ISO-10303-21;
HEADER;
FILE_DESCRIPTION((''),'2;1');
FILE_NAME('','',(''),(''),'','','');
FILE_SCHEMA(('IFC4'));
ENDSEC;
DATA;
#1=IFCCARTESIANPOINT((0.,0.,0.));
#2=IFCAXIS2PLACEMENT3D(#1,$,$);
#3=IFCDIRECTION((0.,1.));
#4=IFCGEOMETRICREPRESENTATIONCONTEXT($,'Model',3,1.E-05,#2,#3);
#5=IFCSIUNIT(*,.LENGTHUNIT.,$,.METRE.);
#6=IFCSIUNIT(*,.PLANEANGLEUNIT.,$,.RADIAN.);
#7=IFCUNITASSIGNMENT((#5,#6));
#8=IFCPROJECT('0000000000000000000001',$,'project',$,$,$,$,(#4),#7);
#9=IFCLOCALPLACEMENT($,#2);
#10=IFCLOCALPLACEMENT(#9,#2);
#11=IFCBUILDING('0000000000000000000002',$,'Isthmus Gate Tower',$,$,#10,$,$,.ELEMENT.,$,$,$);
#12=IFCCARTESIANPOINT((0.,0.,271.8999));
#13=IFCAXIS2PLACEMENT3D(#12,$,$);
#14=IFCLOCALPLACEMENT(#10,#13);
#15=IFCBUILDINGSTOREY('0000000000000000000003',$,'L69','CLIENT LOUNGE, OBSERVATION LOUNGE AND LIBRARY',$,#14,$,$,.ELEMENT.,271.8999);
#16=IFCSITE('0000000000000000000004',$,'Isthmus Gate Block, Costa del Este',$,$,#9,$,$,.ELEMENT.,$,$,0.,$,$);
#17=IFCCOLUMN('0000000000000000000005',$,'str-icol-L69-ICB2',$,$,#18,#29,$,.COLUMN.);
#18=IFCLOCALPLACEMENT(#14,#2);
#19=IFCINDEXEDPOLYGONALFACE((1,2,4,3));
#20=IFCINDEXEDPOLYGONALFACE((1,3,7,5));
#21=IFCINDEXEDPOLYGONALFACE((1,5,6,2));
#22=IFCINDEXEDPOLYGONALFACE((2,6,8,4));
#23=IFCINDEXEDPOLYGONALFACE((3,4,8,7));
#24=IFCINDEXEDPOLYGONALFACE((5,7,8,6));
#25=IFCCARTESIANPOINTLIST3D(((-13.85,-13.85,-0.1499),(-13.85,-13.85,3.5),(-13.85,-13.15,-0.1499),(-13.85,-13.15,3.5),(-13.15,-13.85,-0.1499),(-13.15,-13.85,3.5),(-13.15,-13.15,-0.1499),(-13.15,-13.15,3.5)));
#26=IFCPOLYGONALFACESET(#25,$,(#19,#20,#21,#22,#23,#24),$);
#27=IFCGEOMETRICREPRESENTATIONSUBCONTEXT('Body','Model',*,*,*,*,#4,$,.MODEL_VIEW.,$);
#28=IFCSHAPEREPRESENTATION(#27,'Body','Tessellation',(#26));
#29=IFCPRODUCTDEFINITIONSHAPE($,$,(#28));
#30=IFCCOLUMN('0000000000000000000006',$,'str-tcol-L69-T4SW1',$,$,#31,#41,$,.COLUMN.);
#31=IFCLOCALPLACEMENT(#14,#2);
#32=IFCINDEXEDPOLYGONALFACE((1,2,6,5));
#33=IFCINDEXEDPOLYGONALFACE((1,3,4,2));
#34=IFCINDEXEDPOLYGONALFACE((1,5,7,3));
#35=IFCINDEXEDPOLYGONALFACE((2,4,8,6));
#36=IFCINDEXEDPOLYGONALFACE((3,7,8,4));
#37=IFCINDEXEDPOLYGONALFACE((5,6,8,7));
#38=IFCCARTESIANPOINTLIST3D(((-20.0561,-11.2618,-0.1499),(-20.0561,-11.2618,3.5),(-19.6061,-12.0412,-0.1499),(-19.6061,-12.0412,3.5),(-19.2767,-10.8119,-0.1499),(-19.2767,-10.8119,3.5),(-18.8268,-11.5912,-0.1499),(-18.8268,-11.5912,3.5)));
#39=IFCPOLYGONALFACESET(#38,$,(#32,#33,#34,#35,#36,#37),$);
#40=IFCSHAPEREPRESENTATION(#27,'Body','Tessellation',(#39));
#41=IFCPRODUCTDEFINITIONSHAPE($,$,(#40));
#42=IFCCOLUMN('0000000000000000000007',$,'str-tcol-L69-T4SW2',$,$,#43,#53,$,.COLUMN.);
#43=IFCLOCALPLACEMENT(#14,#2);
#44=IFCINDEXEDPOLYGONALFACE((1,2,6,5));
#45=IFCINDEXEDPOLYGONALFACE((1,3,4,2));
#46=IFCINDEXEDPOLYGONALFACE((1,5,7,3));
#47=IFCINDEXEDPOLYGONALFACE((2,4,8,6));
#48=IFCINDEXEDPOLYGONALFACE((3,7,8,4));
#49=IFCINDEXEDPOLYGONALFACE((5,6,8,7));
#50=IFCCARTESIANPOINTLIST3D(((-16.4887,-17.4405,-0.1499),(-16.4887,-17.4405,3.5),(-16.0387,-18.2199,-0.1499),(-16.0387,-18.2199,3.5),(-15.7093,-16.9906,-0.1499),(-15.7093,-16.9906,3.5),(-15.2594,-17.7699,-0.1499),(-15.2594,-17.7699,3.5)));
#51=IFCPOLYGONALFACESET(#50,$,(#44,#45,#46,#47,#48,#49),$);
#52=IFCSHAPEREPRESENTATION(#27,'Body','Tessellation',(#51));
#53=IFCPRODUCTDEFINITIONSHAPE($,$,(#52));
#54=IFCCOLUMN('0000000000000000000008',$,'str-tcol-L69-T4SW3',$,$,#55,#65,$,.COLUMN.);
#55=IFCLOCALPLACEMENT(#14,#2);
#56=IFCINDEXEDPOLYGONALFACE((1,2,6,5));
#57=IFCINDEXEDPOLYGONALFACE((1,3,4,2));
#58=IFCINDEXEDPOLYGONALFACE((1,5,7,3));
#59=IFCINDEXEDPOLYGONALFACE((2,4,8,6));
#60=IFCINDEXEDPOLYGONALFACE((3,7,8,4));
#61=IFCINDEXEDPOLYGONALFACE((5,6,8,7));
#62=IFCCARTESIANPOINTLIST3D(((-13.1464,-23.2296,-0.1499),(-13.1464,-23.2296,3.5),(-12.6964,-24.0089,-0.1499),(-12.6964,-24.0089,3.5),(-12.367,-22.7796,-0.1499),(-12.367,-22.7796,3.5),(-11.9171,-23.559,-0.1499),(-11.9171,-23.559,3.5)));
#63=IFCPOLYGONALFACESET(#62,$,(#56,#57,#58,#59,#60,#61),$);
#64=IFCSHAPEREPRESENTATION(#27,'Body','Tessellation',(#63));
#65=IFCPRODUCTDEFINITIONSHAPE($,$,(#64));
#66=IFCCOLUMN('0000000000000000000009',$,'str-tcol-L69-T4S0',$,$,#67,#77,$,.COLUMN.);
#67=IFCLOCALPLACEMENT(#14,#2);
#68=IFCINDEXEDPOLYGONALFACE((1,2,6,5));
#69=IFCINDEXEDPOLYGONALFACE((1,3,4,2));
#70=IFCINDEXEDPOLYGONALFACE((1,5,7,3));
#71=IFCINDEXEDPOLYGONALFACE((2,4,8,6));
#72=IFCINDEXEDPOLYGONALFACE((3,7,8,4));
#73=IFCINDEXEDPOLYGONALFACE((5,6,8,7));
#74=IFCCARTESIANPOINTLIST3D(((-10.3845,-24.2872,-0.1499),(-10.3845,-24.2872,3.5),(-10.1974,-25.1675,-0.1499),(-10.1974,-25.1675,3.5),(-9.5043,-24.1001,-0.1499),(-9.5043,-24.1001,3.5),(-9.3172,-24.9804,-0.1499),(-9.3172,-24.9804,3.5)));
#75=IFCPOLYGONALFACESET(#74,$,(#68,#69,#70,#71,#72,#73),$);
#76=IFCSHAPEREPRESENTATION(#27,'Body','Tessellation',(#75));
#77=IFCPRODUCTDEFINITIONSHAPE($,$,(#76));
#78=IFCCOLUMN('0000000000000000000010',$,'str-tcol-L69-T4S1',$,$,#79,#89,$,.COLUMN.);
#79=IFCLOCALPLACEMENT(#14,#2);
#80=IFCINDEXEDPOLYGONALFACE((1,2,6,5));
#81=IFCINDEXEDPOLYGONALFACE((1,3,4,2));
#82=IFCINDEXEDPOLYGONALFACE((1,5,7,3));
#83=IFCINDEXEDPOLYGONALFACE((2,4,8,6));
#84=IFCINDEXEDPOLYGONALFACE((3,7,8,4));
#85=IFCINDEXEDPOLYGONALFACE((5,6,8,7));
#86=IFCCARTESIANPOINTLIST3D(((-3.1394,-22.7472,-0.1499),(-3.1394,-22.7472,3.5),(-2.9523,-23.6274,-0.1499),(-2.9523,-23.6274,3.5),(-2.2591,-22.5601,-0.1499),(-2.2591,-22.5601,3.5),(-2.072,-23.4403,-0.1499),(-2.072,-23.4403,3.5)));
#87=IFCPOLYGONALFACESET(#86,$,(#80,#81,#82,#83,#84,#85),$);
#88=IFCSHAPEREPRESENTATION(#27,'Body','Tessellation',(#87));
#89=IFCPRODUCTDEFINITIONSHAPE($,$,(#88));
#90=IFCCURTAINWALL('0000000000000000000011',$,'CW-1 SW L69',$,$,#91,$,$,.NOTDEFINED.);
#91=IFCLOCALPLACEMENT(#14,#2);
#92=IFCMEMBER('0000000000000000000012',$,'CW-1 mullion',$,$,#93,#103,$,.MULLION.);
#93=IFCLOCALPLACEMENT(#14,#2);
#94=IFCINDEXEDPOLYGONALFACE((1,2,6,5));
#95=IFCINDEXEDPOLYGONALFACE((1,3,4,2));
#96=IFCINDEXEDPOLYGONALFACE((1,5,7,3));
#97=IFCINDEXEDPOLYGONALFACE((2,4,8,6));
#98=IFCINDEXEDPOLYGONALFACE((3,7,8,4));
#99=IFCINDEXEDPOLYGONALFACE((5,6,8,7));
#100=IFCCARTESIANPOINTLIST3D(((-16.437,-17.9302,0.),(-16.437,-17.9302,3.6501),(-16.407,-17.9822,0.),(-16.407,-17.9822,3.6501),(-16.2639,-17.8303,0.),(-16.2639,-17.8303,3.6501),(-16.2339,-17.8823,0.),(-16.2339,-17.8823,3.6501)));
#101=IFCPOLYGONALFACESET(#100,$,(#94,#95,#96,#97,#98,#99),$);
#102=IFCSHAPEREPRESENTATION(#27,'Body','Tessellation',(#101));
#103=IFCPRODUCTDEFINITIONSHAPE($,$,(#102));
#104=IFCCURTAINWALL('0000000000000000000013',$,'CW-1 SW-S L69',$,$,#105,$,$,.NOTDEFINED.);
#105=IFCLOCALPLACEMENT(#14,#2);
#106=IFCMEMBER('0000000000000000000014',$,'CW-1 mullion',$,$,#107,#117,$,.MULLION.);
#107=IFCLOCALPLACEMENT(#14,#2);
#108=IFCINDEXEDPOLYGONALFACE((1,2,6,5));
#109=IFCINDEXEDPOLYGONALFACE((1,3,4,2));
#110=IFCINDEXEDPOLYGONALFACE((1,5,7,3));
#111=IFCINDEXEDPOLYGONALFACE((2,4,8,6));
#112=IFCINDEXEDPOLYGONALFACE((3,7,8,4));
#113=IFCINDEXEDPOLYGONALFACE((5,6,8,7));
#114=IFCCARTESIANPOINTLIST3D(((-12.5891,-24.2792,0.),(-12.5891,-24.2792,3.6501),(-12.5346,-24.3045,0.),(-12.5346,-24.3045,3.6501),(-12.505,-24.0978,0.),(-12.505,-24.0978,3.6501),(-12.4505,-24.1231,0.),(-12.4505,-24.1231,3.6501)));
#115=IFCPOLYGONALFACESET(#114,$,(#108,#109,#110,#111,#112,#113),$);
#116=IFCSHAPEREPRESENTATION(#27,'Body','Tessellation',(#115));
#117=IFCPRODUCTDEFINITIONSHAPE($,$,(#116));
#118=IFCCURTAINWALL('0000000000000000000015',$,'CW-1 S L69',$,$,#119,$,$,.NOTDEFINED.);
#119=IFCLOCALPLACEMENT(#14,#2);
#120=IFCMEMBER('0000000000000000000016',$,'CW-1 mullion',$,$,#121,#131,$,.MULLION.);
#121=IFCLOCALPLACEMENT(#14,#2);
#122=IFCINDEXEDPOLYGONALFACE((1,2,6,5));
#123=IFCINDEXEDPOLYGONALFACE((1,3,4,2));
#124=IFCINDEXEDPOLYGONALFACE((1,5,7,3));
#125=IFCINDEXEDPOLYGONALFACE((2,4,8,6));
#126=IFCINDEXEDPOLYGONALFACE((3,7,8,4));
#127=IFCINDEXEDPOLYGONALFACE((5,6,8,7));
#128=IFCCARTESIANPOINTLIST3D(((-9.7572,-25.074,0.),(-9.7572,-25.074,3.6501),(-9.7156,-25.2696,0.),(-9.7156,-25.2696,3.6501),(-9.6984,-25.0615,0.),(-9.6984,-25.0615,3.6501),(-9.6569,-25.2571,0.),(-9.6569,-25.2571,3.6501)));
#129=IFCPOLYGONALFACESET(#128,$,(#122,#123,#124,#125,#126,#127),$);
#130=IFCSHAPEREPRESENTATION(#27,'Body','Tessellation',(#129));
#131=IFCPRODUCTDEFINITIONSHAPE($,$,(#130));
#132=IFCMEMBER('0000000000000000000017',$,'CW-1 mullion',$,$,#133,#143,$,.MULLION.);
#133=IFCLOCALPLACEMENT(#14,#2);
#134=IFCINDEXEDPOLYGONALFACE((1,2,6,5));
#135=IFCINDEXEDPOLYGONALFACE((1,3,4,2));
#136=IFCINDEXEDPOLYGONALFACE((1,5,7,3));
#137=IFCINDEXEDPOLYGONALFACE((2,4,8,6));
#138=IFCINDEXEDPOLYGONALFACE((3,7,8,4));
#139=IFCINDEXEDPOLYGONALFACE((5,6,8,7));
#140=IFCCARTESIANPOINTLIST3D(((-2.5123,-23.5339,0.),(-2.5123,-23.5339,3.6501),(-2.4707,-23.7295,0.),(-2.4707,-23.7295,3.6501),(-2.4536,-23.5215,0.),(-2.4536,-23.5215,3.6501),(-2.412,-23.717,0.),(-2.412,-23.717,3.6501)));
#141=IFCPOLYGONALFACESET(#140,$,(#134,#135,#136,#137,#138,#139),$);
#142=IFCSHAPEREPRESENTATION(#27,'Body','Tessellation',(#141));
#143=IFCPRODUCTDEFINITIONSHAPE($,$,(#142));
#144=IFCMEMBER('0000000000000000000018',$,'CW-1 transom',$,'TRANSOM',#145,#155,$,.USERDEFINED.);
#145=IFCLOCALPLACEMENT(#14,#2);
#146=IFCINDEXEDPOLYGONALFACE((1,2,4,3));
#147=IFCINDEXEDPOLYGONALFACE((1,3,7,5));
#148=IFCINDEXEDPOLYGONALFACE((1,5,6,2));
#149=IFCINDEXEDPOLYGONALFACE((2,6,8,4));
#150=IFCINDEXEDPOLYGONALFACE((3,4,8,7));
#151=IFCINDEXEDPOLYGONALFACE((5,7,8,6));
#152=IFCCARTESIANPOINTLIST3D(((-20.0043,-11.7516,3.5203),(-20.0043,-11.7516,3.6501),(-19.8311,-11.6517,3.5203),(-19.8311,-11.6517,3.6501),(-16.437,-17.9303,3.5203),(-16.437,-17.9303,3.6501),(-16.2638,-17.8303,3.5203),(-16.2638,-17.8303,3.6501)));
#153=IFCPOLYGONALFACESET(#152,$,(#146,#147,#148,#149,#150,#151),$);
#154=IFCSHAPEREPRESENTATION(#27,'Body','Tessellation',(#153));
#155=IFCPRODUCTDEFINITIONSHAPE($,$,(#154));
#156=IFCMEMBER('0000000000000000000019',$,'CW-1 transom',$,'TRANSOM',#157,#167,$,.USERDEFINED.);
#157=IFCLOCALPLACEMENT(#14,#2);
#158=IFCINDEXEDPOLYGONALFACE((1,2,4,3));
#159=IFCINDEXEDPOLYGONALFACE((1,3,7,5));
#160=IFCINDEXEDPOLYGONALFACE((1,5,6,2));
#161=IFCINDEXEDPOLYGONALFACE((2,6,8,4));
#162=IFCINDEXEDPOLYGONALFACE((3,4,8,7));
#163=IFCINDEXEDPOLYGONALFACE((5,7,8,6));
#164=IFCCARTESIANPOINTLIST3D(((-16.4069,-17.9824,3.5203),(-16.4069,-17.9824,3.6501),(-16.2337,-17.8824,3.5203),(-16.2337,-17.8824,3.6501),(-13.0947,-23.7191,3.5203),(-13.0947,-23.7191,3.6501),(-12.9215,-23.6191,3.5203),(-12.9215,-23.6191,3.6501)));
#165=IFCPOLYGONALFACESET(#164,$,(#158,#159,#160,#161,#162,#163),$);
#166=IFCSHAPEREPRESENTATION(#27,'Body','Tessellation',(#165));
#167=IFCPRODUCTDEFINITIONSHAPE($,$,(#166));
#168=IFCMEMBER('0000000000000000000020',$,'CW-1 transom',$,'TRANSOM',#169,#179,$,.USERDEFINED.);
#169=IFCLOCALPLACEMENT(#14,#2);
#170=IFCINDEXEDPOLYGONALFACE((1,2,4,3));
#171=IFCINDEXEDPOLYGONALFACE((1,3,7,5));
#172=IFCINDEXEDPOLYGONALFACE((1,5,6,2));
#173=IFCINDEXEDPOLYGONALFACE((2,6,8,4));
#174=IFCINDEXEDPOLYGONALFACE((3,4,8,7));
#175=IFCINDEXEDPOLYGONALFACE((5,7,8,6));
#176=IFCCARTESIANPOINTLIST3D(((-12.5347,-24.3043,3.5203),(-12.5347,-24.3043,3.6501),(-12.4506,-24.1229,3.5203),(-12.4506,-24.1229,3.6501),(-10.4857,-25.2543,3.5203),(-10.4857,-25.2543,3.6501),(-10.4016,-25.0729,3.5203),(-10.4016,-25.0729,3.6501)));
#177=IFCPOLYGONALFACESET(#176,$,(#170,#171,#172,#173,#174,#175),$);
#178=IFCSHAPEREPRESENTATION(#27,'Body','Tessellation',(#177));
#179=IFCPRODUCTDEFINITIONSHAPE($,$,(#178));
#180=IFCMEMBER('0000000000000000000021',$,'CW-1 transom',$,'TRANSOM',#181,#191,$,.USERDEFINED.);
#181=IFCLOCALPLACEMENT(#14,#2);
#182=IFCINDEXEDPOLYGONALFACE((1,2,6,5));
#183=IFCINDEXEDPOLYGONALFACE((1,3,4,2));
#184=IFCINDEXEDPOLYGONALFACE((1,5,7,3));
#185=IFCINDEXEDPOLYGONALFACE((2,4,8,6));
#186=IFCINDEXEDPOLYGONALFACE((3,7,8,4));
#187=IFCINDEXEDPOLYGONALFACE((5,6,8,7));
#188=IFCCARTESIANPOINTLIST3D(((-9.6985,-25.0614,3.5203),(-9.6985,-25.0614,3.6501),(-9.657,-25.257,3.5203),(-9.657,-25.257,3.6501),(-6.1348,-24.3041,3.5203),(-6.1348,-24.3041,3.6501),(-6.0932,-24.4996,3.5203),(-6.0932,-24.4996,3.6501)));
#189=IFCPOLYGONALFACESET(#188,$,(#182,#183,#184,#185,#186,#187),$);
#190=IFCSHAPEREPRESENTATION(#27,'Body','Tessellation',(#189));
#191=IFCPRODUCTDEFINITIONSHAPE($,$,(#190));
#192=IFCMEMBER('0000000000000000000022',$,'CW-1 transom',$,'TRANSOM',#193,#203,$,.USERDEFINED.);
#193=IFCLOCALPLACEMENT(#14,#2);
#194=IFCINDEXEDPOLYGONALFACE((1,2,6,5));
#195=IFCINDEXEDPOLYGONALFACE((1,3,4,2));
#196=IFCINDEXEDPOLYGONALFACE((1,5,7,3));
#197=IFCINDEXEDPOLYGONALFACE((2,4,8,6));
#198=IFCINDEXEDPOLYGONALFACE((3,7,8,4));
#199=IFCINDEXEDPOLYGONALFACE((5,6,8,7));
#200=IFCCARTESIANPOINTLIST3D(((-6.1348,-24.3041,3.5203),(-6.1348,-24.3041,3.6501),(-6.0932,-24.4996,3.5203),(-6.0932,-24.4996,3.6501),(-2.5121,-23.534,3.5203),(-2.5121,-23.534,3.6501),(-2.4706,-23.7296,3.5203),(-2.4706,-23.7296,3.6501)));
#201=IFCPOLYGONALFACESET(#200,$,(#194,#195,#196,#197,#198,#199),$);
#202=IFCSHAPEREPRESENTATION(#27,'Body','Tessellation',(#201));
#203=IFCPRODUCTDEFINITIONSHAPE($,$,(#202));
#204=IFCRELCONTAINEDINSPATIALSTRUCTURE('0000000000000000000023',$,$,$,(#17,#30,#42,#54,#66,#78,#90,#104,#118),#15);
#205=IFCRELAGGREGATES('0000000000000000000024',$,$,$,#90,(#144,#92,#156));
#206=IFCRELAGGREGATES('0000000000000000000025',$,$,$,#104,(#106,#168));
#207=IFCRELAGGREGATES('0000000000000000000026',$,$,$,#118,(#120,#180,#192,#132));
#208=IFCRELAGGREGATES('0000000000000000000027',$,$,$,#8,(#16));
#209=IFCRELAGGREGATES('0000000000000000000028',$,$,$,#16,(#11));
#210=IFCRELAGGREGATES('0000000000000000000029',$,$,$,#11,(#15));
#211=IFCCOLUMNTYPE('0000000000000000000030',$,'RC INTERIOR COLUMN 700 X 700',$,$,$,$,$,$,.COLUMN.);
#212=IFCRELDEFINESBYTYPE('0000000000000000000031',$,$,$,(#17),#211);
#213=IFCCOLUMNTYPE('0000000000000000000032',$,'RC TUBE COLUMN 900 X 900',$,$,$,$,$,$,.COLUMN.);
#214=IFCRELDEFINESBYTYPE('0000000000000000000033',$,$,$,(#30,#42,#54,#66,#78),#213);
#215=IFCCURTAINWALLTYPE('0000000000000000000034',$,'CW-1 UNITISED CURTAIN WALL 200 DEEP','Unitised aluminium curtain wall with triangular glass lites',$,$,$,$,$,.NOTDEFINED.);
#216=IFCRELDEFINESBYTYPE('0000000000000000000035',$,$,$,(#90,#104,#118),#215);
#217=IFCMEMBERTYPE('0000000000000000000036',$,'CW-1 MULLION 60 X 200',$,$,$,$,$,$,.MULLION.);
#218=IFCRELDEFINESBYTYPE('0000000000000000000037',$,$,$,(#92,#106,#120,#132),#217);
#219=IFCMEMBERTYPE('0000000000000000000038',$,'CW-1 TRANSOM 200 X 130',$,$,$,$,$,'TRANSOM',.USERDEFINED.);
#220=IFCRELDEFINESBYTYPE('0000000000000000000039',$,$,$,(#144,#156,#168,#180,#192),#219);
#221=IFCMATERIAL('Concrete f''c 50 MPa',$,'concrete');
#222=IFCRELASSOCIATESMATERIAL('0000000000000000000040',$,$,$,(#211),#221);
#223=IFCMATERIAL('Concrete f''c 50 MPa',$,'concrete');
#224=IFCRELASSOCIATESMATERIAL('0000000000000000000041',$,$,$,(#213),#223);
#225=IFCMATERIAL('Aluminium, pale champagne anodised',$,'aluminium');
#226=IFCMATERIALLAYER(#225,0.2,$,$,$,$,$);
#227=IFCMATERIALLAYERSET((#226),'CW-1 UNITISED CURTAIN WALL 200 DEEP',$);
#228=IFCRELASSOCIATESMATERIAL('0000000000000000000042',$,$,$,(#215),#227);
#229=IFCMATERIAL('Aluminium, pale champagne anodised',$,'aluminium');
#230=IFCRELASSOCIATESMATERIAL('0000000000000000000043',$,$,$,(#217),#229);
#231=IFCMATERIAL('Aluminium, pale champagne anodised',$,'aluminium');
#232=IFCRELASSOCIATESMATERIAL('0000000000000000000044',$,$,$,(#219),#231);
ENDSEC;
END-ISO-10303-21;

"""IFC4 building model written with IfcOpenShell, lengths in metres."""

from ifc_helpers import new_model, si_unit, direction, frame, origin, origin_2d, place, context, subcontext, project, spatial, rectangle, extrude, material, layer, layer_set, material_profile, profile_set, type_object, element, aggregate, save


model = new_model("IFC4")

# Units and contexts
model_context = context("Model", 3, precision=1e-05, world=origin(), true_north=direction((0.0, 1.0)))
body_context = subcontext(model_context, "Body", "Model", "MODEL_VIEW")
ifc_project = project(units=[si_unit("LENGTHUNIT", "METRE"), si_unit("PLANEANGLEUNIT", "RADIAN")], contexts=[model_context])

# Site, building, storey
site_placement = place(None, origin())
site = spatial("IfcSite", under=ifc_project, at=site_placement, Name="Isthmus Gate Block, Costa del Este", CompositionType="ELEMENT", RefElevation=0.0)
building_placement = place(site_placement, origin())
building = spatial("IfcBuilding", under=site, at=building_placement, Name="Isthmus Gate Tower", CompositionType="ELEMENT")
storey_placement = place(building_placement, frame((0.0, 0.0, 271.8999)))
storey = spatial("IfcBuildingStorey", under=building, at=storey_placement, Name="L69", Description="CLIENT LOUNGE, OBSERVATION LOUNGE AND LIBRARY", CompositionType="ELEMENT", Elevation=271.8999)

# Columns
ifc_material_1 = material(Name="Concrete f'c 50 MPa", Category="concrete")
ifc_material_profile_1 = material_profile(ifc_material_1, rectangle(XDim=0.7, YDim=0.7, at=origin_2d()), Name="RC 700X700")
ifc_profile_set_1 = profile_set([ifc_material_profile_1], Name="Concrete f'c 50 MPa")
column_type_1 = type_object("IfcColumnType", Name="RC INTERIOR COLUMN 700 X 700", PredefinedType="COLUMN", material=ifc_profile_set_1)
column_placement = place(storey_placement, frame((-13.5, -13.5, -0.1499), z_axis=(0.0, 0.0, 1.0), x_axis=(1.0, 0.0, 0.0)))
element("IfcColumn", 1, at=column_placement, inside=storey, type_object=column_type_1, Name="str-icol-L69-ICB2", PredefinedType="COLUMN", context=body_context, shape_type="SweptSolid", body=[
    extrude(rectangle(XDim=0.7, YDim=0.7, at=origin_2d()), origin(), (0.0, 0.0, 1.0), 3.6499),
])
ifc_material_2 = material(Name="Concrete f'c 50 MPa", Category="concrete")
ifc_material_profile_2 = material_profile(ifc_material_2, rectangle(XDim=0.8999, YDim=0.8999, at=origin_2d()), Name="RC 900X900")
ifc_profile_set_2 = profile_set([ifc_material_profile_2], Name="Concrete f'c 50 MPa")
column_type_2 = type_object("IfcColumnType", Name="RC TUBE COLUMN 900 X 900", PredefinedType="COLUMN", material=ifc_profile_set_2)
for number, where, z_axis, x_axis, name in (
    (2, (-19.4414, -11.4265, -0.1499), (0.0, 0.0, 1.0), (0.5, -0.866025, 0.0), "str-tcol-L69-T4SW1"),
    (3, (-15.874, -17.6052, -0.1499), (0.0, 0.0, 1.0), (0.5, -0.866025, 0.0), "str-tcol-L69-T4SW2"),
    (4, (-12.5317, -23.3943, -0.1499), (0.0, 0.0, 1.0), (0.5, -0.866025, 0.0), "str-tcol-L69-T4SW3"),
    (5, (-9.8508, -24.6338, -0.1499), (0.0, 0.0, 1.0), (0.978148, 0.207912, 0.0), "str-tcol-L69-T4S0"),
    (6, (-2.6057, -23.0938, -0.1499), (0.0, 0.0, 1.0), (0.978148, 0.207912, 0.0), "str-tcol-L69-T4S1"),
):
    element("IfcColumn", number, at=place(storey_placement, frame(where, z_axis=z_axis, x_axis=x_axis)), inside=storey, type_object=column_type_2, Name=name, PredefinedType="COLUMN", context=body_context, shape_type="SweptSolid", body=[
        extrude(rectangle(XDim=0.8999, YDim=0.8999, at=origin_2d()), origin(), (0.0, 0.0, 1.0), 3.6499),
    ])

# Curtain walls, members
ifc_material_3 = material(Name="Aluminium, pale champagne anodised", Category="aluminium")
ifc_layer_1 = layer(ifc_material_3, 0.2)
ifc_layer_set_1 = layer_set([ifc_layer_1], Name="CW-1 UNITISED CURTAIN WALL 200 DEEP")
curtain_wall_type = type_object("IfcCurtainWallType", Name="CW-1 UNITISED CURTAIN WALL 200 DEEP", Description="Unitised aluminium curtain wall with triangular glass lites", PredefinedType="NOTDEFINED", material=ifc_layer_set_1)
curtain_wall_1_placement = place(storey_placement, origin())
curtain_wall_1 = element("IfcCurtainWall", 7, at=curtain_wall_1_placement, inside=storey, type_object=curtain_wall_type, Name="CW-1 SW L69", PredefinedType="NOTDEFINED")
ifc_material_4 = material(Name="Aluminium, pale champagne anodised", Category="aluminium")
ifc_material_profile_3 = material_profile(ifc_material_4, rectangle(XDim=0.0601, YDim=0.2, at=origin_2d()), Name="60x200")
ifc_profile_set_3 = profile_set([ifc_material_profile_3], Name="Aluminium, pale champagne anodised")
member_type_1 = type_object("IfcMemberType", Name="CW-1 MULLION 60 X 200", PredefinedType="MULLION", material=ifc_profile_set_3)
member_1_placement = place(storey_placement, frame((-16.3354, -17.9062, 0.0), z_axis=(0.0, 0.0, 1.0), x_axis=(0.5, -0.866025, 0.0)))
member_1 = element("IfcMember", 8, at=member_1_placement, type_object=member_type_1, Name="CW-1 mullion", PredefinedType="MULLION", context=body_context, shape_type="SweptSolid", body=[
    extrude(rectangle(XDim=0.0601, YDim=0.2, at=origin_2d()), origin(), (0.0, 0.0, 1.0), 3.6501),
])
curtain_wall_2_placement = place(storey_placement, origin())
curtain_wall_2 = element("IfcCurtainWall", 9, at=curtain_wall_2_placement, inside=storey, type_object=curtain_wall_type, Name="CW-1 SW-S L69", PredefinedType="NOTDEFINED")
member_2_placement = place(storey_placement, frame((-12.5198, -24.2012, 0.0), z_axis=(0.0, 0.0, 1.0), x_axis=(0.907256, -0.420578, 0.0)))
member_2 = element("IfcMember", 10, at=member_2_placement, type_object=member_type_1, Name="CW-1 mullion", PredefinedType="MULLION", context=body_context, shape_type="SweptSolid", body=[
    extrude(rectangle(XDim=0.0601, YDim=0.2, at=origin_2d()), origin(), (0.0, 0.0, 1.0), 3.6501),
])

# Curtain wall, members
curtain_wall_3_placement = place(storey_placement, origin())
curtain_wall_3 = element("IfcCurtainWall", 11, at=curtain_wall_3_placement, inside=storey, type_object=curtain_wall_type, Name="CW-1 S L69", PredefinedType="NOTDEFINED")
member_3_placement = place(storey_placement, frame((-9.707, -25.1655, 0.0), z_axis=(0.0, 0.0, 1.0), x_axis=(0.978148, 0.207912, 0.0)))
member_3 = element("IfcMember", 12, at=member_3_placement, type_object=member_type_1, Name="CW-1 mullion", PredefinedType="MULLION", context=body_context, shape_type="SweptSolid", body=[
    extrude(rectangle(XDim=0.0601, YDim=0.2, at=origin_2d()), origin(), (0.0, 0.0, 1.0), 3.6501),
])
member_4_placement = place(storey_placement, frame((-2.4622, -23.6255, 0.0), z_axis=(0.0, 0.0, 1.0), x_axis=(0.978148, 0.207912, 0.0)))
member_4 = element("IfcMember", 13, at=member_4_placement, type_object=member_type_1, Name="CW-1 mullion", PredefinedType="MULLION", context=body_context, shape_type="SweptSolid", body=[
    extrude(rectangle(XDim=0.0601, YDim=0.2, at=origin_2d()), origin(), (0.0, 0.0, 1.0), 3.6501),
])

# Members
ifc_material_5 = material(Name="Aluminium, pale champagne anodised", Category="aluminium")
ifc_material_profile_4 = material_profile(ifc_material_5, rectangle(XDim=0.2, YDim=0.1299, at=origin_2d()), Name="200x130")
ifc_profile_set_4 = profile_set([ifc_material_profile_4], Name="Aluminium, pale champagne anodised")
member_type_2 = type_object("IfcMemberType", Name="CW-1 TRANSOM 200 X 130", ElementType="TRANSOM", PredefinedType="USERDEFINED", material=ifc_profile_set_4)
member_5_placement = place(storey_placement, frame((-19.9177, -11.7017, 3.5852), z_axis=(0.500011, -0.866019, 0.0), x_axis=(0.866019, 0.500011, 0.0)))
member_5 = element("IfcMember", 14, at=member_5_placement, type_object=member_type_2, Name="CW-1 transom", ObjectType="TRANSOM", PredefinedType="USERDEFINED", context=body_context, shape_type="SweptSolid", body=[
    extrude(rectangle(XDim=0.2, YDim=0.1299, at=origin_2d()), origin(), (0.0, 0.0, 1.0), 7.1345),
])
member_6_placement = place(storey_placement, frame((-16.3203, -17.9324, 3.5852), z_axis=(0.500012, -0.866019, 0.0), x_axis=(0.866019, 0.500012, 0.0)))
member_6 = element("IfcMember", 15, at=member_6_placement, type_object=member_type_2, Name="CW-1 transom", ObjectType="TRANSOM", PredefinedType="USERDEFINED", context=body_context, shape_type="SweptSolid", body=[
    extrude(rectangle(XDim=0.2, YDim=0.1299, at=origin_2d()), origin(), (0.0, 0.0, 1.0), 6.6243),
])
member_7_placement = place(storey_placement, frame((-12.4927, -24.2136, 3.5852), z_axis=(0.907246, -0.4206, 0.0), x_axis=(0.4206, 0.907246, 0.0)))
member_7 = element("IfcMember", 16, at=member_7_placement, type_object=member_type_2, Name="CW-1 transom", ObjectType="TRANSOM", PredefinedType="USERDEFINED", context=body_context, shape_type="SweptSolid", body=[
    extrude(rectangle(XDim=0.2, YDim=0.1299, at=origin_2d()), origin(), (0.0, 0.0, 1.0), 2.2585),
])
member_8_placement = place(storey_placement, frame((-9.6777, -25.1592, 3.5852), z_axis=(0.978157, 0.207868, 0.0), x_axis=(-0.207868, 0.978157, 0.0)))
member_8 = element("IfcMember", 17, at=member_8_placement, type_object=member_type_2, Name="CW-1 transom", ObjectType="TRANSOM", PredefinedType="USERDEFINED", context=body_context, shape_type="SweptSolid", body=[
    extrude(rectangle(XDim=0.2, YDim=0.1299, at=origin_2d()), origin(), (0.0, 0.0, 1.0), 3.6433),
])
member_9_placement = place(storey_placement, frame((-6.114, -24.4019, 3.5852), z_axis=(0.978146, 0.207917, 0.0), x_axis=(-0.207917, 0.978146, 0.0)))
member_9 = element("IfcMember", 18, at=member_9_placement, type_object=member_type_2, Name="CW-1 transom", ObjectType="TRANSOM", PredefinedType="USERDEFINED", context=body_context, shape_type="SweptSolid", body=[
    extrude(rectangle(XDim=0.2, YDim=0.1299, at=origin_2d()), origin(), (0.0, 0.0, 1.0), 3.7036),
])

aggregate(curtain_wall_1, [member_5, member_1, member_6])
aggregate(curtain_wall_2, [member_2, member_7])

aggregate(curtain_wall_3, [member_3, member_8, member_9, member_4])

save(model, "model.ifc")
